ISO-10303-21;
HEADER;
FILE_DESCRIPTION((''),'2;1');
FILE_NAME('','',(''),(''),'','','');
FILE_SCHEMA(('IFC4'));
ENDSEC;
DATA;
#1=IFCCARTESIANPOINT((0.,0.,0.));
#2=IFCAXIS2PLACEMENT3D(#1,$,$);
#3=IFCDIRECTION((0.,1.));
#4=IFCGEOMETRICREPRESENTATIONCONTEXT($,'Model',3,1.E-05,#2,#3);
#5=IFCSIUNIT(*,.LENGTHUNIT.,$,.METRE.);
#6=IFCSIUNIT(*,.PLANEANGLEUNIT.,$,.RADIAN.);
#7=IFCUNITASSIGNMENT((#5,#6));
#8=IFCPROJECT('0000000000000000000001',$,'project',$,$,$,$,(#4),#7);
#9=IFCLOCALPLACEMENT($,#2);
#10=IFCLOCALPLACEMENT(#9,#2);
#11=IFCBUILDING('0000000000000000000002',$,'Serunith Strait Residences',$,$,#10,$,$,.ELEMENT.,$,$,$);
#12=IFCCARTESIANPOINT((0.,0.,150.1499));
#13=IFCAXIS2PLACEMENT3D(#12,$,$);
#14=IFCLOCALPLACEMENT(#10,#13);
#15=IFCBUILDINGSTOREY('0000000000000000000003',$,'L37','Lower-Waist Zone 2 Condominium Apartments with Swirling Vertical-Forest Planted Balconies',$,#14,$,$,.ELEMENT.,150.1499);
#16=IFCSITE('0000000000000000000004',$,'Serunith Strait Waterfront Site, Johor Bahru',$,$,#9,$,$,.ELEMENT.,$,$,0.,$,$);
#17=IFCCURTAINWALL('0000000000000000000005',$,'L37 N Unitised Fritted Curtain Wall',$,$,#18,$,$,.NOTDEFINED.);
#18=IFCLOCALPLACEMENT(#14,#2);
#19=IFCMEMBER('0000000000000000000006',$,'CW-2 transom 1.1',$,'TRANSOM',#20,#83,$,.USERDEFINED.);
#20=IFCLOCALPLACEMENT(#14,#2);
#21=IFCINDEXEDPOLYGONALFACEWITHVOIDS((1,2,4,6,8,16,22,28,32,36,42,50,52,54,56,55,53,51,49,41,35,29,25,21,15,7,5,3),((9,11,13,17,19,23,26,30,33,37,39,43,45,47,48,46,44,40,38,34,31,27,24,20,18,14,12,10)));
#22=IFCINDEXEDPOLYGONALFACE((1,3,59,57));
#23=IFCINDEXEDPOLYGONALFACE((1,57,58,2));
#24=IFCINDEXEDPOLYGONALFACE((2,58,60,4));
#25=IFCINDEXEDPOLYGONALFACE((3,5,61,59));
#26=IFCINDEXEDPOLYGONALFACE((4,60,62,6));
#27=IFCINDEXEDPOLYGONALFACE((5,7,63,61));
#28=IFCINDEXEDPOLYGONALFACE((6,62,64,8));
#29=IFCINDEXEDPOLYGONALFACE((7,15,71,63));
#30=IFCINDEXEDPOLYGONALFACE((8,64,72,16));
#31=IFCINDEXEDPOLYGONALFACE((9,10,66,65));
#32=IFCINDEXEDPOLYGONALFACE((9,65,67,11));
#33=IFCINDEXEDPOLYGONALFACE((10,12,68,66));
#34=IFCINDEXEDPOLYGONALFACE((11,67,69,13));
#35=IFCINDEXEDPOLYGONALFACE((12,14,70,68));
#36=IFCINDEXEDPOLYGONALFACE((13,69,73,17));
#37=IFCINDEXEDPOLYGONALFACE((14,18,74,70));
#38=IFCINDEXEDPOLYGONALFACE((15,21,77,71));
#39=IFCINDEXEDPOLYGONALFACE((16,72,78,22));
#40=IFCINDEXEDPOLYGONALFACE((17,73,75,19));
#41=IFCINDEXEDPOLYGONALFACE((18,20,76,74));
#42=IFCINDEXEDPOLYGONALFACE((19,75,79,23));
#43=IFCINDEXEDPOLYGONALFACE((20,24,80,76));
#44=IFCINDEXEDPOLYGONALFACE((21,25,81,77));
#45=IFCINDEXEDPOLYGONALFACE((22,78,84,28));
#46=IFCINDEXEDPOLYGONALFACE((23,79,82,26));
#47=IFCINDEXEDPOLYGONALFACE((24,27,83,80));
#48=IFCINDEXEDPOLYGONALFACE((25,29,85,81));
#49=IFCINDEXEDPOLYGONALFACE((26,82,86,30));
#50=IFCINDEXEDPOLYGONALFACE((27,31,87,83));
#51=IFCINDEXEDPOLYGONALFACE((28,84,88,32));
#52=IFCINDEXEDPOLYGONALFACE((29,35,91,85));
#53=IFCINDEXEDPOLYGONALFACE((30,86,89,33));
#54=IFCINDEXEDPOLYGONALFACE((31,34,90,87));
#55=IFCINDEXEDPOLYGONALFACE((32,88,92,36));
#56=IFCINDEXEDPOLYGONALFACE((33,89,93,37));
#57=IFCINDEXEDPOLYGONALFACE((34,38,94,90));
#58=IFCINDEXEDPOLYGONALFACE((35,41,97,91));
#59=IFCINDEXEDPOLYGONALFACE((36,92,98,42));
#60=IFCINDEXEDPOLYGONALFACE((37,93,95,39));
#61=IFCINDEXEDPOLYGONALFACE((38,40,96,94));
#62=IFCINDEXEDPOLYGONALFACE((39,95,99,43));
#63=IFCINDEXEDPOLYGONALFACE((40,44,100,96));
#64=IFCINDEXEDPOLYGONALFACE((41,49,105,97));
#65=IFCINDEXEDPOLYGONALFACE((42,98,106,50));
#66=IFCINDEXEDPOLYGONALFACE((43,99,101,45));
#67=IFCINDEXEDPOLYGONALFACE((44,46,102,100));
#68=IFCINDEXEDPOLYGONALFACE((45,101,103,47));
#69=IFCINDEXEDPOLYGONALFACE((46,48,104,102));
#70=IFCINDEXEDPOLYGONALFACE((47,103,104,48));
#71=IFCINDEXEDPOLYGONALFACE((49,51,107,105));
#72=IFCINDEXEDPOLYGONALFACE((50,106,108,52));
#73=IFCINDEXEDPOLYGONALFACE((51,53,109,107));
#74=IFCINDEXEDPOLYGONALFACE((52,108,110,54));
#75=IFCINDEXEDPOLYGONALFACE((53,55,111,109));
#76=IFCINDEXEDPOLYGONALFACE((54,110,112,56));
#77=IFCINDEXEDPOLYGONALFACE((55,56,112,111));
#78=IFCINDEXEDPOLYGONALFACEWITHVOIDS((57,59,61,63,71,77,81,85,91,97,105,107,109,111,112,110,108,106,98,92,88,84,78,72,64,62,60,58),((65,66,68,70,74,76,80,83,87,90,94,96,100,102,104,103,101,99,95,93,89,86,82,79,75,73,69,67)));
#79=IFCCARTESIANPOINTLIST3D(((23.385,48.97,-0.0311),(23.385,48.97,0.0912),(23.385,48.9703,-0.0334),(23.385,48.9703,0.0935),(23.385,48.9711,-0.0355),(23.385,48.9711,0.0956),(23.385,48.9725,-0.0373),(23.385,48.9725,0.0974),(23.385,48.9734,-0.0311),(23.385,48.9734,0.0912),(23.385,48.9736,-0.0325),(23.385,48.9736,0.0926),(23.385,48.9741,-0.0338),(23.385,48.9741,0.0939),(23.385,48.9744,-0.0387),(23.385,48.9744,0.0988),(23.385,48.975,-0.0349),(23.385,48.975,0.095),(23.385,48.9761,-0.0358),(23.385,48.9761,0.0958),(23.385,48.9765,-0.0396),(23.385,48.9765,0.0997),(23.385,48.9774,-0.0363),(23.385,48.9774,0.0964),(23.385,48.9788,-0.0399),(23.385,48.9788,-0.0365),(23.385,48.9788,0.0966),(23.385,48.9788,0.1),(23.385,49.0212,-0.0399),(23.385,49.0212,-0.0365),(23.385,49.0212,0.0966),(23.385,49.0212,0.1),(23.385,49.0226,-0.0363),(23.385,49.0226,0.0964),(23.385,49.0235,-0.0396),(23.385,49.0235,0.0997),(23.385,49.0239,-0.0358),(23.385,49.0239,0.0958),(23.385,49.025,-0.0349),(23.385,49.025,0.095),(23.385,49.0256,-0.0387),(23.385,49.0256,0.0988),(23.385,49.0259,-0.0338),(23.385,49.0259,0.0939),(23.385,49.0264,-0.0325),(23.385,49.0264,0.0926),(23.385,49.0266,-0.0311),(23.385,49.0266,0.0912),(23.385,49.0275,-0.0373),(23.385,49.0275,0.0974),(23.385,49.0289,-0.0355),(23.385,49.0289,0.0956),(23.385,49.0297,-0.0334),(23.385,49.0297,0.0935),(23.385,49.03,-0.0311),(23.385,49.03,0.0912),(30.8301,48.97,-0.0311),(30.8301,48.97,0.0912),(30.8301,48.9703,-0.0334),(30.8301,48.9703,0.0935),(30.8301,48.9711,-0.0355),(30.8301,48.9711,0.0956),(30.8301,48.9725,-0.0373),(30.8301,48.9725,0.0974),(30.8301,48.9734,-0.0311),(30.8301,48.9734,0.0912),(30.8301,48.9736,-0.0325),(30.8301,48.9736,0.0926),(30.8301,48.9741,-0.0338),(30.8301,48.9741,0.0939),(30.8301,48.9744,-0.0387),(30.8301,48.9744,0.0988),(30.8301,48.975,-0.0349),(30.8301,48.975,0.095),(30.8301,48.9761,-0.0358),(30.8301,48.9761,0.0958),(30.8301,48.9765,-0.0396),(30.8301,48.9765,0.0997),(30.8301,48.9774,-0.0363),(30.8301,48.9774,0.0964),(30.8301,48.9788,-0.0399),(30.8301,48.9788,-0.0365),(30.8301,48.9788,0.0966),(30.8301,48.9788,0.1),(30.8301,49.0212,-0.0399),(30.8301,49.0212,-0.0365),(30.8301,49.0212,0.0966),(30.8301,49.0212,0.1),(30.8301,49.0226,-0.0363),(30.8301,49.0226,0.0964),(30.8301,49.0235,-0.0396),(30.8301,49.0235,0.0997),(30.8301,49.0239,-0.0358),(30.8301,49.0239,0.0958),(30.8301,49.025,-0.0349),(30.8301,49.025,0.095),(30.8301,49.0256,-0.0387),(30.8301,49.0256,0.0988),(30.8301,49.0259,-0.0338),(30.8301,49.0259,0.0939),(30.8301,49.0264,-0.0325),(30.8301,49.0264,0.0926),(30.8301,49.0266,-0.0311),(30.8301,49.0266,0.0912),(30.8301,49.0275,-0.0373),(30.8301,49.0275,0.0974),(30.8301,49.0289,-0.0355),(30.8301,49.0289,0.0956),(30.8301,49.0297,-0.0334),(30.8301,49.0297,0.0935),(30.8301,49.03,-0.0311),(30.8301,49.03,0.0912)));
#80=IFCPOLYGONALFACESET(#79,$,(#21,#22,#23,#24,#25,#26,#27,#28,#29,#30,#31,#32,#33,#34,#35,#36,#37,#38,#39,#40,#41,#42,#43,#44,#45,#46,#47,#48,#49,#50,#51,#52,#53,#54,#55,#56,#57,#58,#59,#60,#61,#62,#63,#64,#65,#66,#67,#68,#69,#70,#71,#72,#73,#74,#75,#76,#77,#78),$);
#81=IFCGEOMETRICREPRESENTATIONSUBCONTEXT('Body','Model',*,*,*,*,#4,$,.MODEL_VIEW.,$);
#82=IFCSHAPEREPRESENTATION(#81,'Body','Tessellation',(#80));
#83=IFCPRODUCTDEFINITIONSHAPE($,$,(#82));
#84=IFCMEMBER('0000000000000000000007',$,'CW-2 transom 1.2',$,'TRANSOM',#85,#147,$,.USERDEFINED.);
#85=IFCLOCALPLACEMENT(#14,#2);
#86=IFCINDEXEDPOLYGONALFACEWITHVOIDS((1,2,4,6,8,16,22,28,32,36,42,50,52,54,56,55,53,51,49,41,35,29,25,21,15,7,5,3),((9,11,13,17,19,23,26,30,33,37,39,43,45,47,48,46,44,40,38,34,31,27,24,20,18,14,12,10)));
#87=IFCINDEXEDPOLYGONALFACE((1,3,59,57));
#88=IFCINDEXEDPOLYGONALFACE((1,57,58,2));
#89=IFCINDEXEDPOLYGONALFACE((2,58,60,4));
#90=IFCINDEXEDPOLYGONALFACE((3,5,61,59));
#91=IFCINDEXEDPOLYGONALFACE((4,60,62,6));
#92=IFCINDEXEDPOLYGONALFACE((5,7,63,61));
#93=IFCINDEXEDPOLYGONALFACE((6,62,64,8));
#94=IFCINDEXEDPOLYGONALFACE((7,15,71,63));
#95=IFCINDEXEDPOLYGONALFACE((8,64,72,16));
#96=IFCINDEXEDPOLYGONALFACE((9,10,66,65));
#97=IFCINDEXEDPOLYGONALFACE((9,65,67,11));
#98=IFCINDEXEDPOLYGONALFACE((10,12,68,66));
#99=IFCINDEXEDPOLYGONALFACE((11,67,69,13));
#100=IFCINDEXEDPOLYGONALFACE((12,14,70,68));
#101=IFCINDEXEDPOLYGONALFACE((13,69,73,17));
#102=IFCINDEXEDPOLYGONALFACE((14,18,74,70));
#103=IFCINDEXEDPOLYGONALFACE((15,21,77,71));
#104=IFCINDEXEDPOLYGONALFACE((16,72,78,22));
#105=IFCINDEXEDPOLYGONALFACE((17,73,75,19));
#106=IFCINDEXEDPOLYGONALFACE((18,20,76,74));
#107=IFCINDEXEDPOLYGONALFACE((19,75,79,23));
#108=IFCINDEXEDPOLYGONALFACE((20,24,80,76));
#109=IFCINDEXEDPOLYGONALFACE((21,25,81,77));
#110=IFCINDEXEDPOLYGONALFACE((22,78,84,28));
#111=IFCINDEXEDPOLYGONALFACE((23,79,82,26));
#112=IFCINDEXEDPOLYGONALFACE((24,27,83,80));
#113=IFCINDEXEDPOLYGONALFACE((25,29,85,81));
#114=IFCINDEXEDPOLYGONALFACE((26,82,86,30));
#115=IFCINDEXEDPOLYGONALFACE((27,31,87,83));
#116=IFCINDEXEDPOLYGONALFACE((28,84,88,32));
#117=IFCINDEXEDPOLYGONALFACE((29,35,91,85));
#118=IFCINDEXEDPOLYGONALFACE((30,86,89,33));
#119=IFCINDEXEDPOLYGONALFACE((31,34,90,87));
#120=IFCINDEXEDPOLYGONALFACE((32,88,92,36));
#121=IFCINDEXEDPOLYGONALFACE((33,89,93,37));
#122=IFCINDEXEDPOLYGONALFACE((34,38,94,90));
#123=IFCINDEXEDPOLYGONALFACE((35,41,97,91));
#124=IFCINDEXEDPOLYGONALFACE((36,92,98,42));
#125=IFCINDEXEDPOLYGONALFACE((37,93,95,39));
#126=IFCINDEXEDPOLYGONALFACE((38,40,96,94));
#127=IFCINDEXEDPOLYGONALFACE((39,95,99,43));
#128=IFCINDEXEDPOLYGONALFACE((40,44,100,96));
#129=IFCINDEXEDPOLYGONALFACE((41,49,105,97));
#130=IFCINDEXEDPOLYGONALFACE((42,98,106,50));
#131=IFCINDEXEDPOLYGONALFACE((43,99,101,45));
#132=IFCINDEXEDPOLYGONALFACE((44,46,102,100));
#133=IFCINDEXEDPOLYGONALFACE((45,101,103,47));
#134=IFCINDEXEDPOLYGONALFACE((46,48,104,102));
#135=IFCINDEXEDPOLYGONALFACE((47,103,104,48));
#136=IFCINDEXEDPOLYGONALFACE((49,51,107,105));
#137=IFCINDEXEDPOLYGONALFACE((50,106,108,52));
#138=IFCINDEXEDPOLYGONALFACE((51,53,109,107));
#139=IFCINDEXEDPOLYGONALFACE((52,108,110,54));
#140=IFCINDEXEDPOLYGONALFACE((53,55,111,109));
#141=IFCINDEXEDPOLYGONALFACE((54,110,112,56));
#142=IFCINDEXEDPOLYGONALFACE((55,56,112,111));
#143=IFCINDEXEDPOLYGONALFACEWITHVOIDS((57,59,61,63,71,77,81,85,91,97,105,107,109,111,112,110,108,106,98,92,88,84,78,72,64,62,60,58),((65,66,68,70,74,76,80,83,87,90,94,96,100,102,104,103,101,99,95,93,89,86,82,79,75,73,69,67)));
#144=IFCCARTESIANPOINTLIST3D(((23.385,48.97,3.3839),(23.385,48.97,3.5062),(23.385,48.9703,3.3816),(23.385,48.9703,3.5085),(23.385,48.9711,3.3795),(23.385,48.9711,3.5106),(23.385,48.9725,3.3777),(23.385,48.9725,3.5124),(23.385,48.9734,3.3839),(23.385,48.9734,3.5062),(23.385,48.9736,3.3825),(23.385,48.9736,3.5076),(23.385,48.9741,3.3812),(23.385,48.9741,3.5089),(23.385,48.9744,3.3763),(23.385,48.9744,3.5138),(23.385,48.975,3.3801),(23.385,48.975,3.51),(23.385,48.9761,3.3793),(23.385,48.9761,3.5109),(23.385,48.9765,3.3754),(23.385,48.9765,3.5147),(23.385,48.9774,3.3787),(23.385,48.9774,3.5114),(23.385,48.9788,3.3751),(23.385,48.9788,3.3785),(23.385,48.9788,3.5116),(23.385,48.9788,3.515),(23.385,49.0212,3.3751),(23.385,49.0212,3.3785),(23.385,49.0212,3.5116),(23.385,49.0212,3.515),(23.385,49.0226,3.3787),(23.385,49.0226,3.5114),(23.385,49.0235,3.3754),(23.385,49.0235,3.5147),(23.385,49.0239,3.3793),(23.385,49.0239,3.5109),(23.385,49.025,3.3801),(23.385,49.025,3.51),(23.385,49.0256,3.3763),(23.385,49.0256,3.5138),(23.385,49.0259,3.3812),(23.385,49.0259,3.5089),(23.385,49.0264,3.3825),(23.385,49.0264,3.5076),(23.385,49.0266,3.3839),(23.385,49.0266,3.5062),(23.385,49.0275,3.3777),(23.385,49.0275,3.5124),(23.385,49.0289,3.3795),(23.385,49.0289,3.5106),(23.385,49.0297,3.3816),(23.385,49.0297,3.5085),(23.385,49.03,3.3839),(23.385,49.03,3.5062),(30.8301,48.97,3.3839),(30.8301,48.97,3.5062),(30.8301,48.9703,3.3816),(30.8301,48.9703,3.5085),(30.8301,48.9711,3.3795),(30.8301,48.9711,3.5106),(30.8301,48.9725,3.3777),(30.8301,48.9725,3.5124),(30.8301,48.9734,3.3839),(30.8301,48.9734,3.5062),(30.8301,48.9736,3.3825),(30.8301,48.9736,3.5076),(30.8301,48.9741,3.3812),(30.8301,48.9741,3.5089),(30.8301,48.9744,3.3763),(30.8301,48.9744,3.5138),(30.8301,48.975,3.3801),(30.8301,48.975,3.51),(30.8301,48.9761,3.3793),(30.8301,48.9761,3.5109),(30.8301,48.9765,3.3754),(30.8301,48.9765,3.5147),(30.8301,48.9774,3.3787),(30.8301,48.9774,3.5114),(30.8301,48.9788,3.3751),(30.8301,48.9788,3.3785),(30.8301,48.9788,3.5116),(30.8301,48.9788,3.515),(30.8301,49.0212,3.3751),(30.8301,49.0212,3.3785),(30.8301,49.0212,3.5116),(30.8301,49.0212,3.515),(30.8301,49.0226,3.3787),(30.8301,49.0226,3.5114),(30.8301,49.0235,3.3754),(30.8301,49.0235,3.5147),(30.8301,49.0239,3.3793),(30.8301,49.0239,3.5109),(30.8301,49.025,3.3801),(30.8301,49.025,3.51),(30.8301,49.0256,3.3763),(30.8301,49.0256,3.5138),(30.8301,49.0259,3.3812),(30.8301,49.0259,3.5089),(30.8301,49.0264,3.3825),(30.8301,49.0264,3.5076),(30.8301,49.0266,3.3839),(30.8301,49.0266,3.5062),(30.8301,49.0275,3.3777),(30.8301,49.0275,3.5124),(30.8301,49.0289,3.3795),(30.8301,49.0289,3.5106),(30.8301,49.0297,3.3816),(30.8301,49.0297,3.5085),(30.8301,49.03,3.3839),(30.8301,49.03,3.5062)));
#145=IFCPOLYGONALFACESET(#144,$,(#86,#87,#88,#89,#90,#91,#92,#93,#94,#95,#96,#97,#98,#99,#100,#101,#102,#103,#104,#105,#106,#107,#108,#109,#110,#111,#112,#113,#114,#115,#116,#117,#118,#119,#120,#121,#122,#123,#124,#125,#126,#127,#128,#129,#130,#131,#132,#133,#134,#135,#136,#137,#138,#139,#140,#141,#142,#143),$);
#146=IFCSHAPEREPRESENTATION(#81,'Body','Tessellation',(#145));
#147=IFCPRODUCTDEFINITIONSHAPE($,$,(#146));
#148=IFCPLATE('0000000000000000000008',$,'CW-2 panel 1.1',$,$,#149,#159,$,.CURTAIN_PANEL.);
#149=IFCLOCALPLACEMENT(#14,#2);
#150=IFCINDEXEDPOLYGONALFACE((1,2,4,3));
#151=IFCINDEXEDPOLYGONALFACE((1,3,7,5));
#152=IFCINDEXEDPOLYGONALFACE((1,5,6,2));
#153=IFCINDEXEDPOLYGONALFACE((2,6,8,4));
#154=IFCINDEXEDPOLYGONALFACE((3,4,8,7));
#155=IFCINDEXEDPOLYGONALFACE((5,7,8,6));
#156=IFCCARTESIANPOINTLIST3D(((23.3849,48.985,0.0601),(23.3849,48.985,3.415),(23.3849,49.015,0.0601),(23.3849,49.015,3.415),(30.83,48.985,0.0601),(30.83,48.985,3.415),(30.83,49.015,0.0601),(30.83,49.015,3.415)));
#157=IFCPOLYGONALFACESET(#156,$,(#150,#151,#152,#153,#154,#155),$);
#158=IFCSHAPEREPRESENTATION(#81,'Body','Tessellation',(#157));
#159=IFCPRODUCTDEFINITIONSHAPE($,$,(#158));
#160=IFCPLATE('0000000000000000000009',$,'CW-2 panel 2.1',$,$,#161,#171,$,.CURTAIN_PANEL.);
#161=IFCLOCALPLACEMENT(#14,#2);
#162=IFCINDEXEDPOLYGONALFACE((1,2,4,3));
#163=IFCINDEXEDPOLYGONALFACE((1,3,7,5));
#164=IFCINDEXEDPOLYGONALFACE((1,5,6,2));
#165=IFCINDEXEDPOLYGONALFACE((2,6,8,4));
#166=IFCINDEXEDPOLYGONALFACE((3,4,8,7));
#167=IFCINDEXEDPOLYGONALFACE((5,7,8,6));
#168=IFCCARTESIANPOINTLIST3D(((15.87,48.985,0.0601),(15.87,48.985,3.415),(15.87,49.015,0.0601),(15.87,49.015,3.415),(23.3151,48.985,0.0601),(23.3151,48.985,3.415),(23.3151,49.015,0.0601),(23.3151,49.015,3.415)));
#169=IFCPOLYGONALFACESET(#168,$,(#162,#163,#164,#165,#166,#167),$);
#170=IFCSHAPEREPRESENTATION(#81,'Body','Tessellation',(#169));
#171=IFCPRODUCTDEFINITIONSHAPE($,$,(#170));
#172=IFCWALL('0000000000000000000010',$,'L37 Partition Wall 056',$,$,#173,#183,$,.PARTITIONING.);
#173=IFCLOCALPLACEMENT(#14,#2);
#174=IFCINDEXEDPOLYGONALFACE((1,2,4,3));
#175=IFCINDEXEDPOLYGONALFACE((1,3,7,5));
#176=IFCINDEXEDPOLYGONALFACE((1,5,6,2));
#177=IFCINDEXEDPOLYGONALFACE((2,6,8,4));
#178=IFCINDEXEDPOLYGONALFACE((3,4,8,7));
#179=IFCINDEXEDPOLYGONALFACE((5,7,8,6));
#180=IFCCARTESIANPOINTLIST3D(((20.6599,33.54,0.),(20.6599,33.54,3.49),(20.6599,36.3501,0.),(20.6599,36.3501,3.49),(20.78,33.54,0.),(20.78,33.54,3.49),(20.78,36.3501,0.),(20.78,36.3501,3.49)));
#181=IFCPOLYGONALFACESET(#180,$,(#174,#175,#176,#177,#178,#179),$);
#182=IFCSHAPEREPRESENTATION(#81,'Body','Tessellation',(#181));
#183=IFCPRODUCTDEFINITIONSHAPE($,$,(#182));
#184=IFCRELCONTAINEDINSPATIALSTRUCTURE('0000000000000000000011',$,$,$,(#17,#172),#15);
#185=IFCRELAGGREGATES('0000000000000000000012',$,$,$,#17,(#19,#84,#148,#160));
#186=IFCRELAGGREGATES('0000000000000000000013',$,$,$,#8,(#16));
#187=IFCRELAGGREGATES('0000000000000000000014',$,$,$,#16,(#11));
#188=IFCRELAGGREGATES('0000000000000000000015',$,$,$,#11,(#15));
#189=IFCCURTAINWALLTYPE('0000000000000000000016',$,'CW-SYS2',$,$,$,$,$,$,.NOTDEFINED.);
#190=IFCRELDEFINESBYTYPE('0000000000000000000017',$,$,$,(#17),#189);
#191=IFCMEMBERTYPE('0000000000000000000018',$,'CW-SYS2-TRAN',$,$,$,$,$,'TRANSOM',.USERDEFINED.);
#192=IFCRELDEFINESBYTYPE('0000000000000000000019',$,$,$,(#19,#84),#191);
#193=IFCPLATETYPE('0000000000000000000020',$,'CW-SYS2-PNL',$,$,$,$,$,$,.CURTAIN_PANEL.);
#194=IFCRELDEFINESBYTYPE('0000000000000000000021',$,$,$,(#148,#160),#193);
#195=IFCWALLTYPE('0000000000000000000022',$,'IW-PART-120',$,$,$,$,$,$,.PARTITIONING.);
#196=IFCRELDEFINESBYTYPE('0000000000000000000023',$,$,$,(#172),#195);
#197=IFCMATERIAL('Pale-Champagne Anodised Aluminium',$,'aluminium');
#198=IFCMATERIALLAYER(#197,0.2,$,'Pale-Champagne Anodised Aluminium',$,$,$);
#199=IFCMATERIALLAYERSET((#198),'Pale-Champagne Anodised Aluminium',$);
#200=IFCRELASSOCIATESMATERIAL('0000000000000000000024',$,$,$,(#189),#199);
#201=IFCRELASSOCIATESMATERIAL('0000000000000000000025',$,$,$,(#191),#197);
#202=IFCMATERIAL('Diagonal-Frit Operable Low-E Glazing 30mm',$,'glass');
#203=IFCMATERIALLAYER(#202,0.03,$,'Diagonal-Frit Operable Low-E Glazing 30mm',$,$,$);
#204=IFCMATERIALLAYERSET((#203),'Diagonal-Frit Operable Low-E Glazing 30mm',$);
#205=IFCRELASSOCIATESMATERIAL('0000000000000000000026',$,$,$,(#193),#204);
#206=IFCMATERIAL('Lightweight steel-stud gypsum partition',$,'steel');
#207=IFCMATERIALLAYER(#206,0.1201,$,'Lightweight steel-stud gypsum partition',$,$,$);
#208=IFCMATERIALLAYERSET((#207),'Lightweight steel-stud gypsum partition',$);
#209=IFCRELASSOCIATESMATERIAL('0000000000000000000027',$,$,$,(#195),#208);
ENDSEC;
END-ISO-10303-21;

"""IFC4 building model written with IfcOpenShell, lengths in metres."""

from ifc_helpers import new_model, si_unit, direction, frame, frame_2d, origin, origin_2d, place, context, subcontext, project, spatial, rectangle, hollow_rectangle, extrude, source, transform, mapped, material, layer, layer_set, material_profile, profile_set, type_object, element, aggregate, save


model = new_model("IFC4")

# Units and contexts
model_context = context("Model", 3, precision=1e-05, world=origin(), true_north=direction((0.0, 1.0)))
body_context = subcontext(model_context, "Body", "Model", "MODEL_VIEW")
ifc_project = project(units=[si_unit("LENGTHUNIT", "METRE"), si_unit("PLANEANGLEUNIT", "RADIAN")], contexts=[model_context])

# Site, building, storey
site_placement = place(None, origin())
site = spatial("IfcSite", under=ifc_project, at=site_placement, Name="Serunith Strait Waterfront Site, Johor Bahru", CompositionType="ELEMENT", RefElevation=0.0)
building_placement = place(site_placement, origin())
building = spatial("IfcBuilding", under=site, at=building_placement, Name="Serunith Strait Residences", CompositionType="ELEMENT")
storey_placement = place(building_placement, frame((0.0, 0.0, 150.1499)))
storey = spatial("IfcBuildingStorey", under=building, at=storey_placement, Name="L37", Description="Lower-Waist Zone 2 Condominium Apartments with Swirling Vertical-Forest Planted Balconies", CompositionType="ELEMENT", Elevation=150.1499)

# Curtain wall, members, plates
ifc_material_1 = material(Name="Pale-Champagne Anodised Aluminium", Category="aluminium")
ifc_layer_1 = layer(ifc_material_1, 0.2, Name="Pale-Champagne Anodised Aluminium")
ifc_layer_set_1 = layer_set([ifc_layer_1], Name="Pale-Champagne Anodised Aluminium")
curtain_wall_type = type_object("IfcCurtainWallType", Name="CW-SYS2", PredefinedType="NOTDEFINED", material=ifc_layer_set_1)
curtain_wall_placement = place(storey_placement, origin())
curtain_wall = element("IfcCurtainWall", 1, at=curtain_wall_placement, inside=storey, type_object=curtain_wall_type, Name="L37 N Unitised Fritted Curtain Wall", PredefinedType="NOTDEFINED")
ifc_material_profile_1 = material_profile(ifc_material_1, hollow_rectangle(XDim=0.0601, YDim=0.1399, WallThickness=0.0034, InnerFilletRadius=0.0054, OuterFilletRadius=0.0088, at=origin_2d()), Name="ALU 140x60x3.5")
ifc_profile_set_1 = profile_set([ifc_material_profile_1], Name="Pale-Champagne Anodised Aluminium")
member_type_1 = type_object("IfcMemberType", Name="CW-SYS2-TRAN", ElementType="TRANSOM", PredefinedType="USERDEFINED", material=ifc_profile_set_1)
shared_shape_1 = source(origin(), body_context, "Body", "SweptSolid", [
    extrude(hollow_rectangle(XDim=0.0601, YDim=0.1399, WallThickness=0.0034, InnerFilletRadius=0.0054, OuterFilletRadius=0.0088, at=origin_2d()), origin(), (0.0, 0.0, 1.0), 7.4451),
])
member_1_placement = place(storey_placement, frame((30.8301, 49.0, 0.03), z_axis=(-1.0, 0.0, 0.0), x_axis=(0.0, -1.0, 0.0)))
member_1 = element("IfcMember", 2, at=member_1_placement, type_object=member_type_1, Name="CW-2 transom 1.1", ObjectType="TRANSOM", PredefinedType="USERDEFINED", context=body_context, shape_type="MappedRepresentation", body=[
    mapped(shared_shape_1, transform((0.0, 0.0, 0.0), scale=1.0)),
])
member_2_placement = place(storey_placement, frame((30.8301, 49.0, 3.4451), z_axis=(-1.0, 0.0, 0.0), x_axis=(0.0, -1.0, 0.0)))
member_2 = element("IfcMember", 3, at=member_2_placement, type_object=member_type_1, Name="CW-2 transom 1.2", ObjectType="TRANSOM", PredefinedType="USERDEFINED", context=body_context, shape_type="MappedRepresentation", body=[
    mapped(shared_shape_1, transform((0.0, 0.0, 0.0), scale=1.0)),
])
ifc_material_2 = material(Name="Diagonal-Frit Operable Low-E Glazing 30mm", Category="glass")
ifc_layer_2 = layer(ifc_material_2, 0.03, Name="Diagonal-Frit Operable Low-E Glazing 30mm")
ifc_layer_set_2 = layer_set([ifc_layer_2], Name="Diagonal-Frit Operable Low-E Glazing 30mm")
plate_type = type_object("IfcPlateType", Name="CW-SYS2-PNL", PredefinedType="CURTAIN_PANEL", material=ifc_layer_set_2)
shared_shape_2 = source(origin(), body_context, "Body", "SweptSolid", [
    extrude(rectangle(XDim=7.4451, YDim=0.03, at=origin_2d()), origin(), (0.0, 0.0, 1.0), 3.355),
])
plate_1_placement = place(storey_placement, frame((27.1074, 49.0, 0.0601), z_axis=(0.0, 0.0, 1.0), x_axis=(-1.0, 0.0, 0.0)))
plate_1 = element("IfcPlate", 4, at=plate_1_placement, type_object=plate_type, Name="CW-2 panel 1.1", PredefinedType="CURTAIN_PANEL", context=body_context, shape_type="MappedRepresentation", body=[
    mapped(shared_shape_2, transform((0.0, 0.0, 0.0), scale=1.0)),
])
plate_2_placement = place(storey_placement, frame((19.5925, 49.0, 0.0601), z_axis=(0.0, 0.0, 1.0), x_axis=(-1.0, 0.0, 0.0)))
plate_2 = element("IfcPlate", 5, at=plate_2_placement, type_object=plate_type, Name="CW-2 panel 2.1", PredefinedType="CURTAIN_PANEL", context=body_context, shape_type="MappedRepresentation", body=[
    mapped(shared_shape_2, transform((0.0, 0.0, 0.0), scale=1.0)),
])
aggregate(curtain_wall, [member_1, member_2, plate_1, plate_2])

# Wall
ifc_material_3 = material(Name="Lightweight steel-stud gypsum partition", Category="steel")
ifc_layer_3 = layer(ifc_material_3, 0.1201, Name="Lightweight steel-stud gypsum partition")
ifc_layer_set_3 = layer_set([ifc_layer_3], Name="Lightweight steel-stud gypsum partition")
wall_type = type_object("IfcWallType", Name="IW-PART-120", PredefinedType="PARTITIONING", material=ifc_layer_set_3)
wall_1_placement = place(storey_placement, frame((20.72, 36.3501, 0.0), z_axis=(0.0, 0.0, 1.0), x_axis=(0.0, -1.0, 0.0)))
element("IfcWall", 6, at=wall_1_placement, inside=storey, type_object=wall_type, Name="L37 Partition Wall 056", PredefinedType="PARTITIONING", context=body_context, shape_type="SweptSolid", body=[
    extrude(rectangle(XDim=2.8101, YDim=0.1201, at=frame_2d((1.405, 0.0))), origin(), (0.0, 0.0, 1.0), 3.49),
])

save(model, "model.ifc")
